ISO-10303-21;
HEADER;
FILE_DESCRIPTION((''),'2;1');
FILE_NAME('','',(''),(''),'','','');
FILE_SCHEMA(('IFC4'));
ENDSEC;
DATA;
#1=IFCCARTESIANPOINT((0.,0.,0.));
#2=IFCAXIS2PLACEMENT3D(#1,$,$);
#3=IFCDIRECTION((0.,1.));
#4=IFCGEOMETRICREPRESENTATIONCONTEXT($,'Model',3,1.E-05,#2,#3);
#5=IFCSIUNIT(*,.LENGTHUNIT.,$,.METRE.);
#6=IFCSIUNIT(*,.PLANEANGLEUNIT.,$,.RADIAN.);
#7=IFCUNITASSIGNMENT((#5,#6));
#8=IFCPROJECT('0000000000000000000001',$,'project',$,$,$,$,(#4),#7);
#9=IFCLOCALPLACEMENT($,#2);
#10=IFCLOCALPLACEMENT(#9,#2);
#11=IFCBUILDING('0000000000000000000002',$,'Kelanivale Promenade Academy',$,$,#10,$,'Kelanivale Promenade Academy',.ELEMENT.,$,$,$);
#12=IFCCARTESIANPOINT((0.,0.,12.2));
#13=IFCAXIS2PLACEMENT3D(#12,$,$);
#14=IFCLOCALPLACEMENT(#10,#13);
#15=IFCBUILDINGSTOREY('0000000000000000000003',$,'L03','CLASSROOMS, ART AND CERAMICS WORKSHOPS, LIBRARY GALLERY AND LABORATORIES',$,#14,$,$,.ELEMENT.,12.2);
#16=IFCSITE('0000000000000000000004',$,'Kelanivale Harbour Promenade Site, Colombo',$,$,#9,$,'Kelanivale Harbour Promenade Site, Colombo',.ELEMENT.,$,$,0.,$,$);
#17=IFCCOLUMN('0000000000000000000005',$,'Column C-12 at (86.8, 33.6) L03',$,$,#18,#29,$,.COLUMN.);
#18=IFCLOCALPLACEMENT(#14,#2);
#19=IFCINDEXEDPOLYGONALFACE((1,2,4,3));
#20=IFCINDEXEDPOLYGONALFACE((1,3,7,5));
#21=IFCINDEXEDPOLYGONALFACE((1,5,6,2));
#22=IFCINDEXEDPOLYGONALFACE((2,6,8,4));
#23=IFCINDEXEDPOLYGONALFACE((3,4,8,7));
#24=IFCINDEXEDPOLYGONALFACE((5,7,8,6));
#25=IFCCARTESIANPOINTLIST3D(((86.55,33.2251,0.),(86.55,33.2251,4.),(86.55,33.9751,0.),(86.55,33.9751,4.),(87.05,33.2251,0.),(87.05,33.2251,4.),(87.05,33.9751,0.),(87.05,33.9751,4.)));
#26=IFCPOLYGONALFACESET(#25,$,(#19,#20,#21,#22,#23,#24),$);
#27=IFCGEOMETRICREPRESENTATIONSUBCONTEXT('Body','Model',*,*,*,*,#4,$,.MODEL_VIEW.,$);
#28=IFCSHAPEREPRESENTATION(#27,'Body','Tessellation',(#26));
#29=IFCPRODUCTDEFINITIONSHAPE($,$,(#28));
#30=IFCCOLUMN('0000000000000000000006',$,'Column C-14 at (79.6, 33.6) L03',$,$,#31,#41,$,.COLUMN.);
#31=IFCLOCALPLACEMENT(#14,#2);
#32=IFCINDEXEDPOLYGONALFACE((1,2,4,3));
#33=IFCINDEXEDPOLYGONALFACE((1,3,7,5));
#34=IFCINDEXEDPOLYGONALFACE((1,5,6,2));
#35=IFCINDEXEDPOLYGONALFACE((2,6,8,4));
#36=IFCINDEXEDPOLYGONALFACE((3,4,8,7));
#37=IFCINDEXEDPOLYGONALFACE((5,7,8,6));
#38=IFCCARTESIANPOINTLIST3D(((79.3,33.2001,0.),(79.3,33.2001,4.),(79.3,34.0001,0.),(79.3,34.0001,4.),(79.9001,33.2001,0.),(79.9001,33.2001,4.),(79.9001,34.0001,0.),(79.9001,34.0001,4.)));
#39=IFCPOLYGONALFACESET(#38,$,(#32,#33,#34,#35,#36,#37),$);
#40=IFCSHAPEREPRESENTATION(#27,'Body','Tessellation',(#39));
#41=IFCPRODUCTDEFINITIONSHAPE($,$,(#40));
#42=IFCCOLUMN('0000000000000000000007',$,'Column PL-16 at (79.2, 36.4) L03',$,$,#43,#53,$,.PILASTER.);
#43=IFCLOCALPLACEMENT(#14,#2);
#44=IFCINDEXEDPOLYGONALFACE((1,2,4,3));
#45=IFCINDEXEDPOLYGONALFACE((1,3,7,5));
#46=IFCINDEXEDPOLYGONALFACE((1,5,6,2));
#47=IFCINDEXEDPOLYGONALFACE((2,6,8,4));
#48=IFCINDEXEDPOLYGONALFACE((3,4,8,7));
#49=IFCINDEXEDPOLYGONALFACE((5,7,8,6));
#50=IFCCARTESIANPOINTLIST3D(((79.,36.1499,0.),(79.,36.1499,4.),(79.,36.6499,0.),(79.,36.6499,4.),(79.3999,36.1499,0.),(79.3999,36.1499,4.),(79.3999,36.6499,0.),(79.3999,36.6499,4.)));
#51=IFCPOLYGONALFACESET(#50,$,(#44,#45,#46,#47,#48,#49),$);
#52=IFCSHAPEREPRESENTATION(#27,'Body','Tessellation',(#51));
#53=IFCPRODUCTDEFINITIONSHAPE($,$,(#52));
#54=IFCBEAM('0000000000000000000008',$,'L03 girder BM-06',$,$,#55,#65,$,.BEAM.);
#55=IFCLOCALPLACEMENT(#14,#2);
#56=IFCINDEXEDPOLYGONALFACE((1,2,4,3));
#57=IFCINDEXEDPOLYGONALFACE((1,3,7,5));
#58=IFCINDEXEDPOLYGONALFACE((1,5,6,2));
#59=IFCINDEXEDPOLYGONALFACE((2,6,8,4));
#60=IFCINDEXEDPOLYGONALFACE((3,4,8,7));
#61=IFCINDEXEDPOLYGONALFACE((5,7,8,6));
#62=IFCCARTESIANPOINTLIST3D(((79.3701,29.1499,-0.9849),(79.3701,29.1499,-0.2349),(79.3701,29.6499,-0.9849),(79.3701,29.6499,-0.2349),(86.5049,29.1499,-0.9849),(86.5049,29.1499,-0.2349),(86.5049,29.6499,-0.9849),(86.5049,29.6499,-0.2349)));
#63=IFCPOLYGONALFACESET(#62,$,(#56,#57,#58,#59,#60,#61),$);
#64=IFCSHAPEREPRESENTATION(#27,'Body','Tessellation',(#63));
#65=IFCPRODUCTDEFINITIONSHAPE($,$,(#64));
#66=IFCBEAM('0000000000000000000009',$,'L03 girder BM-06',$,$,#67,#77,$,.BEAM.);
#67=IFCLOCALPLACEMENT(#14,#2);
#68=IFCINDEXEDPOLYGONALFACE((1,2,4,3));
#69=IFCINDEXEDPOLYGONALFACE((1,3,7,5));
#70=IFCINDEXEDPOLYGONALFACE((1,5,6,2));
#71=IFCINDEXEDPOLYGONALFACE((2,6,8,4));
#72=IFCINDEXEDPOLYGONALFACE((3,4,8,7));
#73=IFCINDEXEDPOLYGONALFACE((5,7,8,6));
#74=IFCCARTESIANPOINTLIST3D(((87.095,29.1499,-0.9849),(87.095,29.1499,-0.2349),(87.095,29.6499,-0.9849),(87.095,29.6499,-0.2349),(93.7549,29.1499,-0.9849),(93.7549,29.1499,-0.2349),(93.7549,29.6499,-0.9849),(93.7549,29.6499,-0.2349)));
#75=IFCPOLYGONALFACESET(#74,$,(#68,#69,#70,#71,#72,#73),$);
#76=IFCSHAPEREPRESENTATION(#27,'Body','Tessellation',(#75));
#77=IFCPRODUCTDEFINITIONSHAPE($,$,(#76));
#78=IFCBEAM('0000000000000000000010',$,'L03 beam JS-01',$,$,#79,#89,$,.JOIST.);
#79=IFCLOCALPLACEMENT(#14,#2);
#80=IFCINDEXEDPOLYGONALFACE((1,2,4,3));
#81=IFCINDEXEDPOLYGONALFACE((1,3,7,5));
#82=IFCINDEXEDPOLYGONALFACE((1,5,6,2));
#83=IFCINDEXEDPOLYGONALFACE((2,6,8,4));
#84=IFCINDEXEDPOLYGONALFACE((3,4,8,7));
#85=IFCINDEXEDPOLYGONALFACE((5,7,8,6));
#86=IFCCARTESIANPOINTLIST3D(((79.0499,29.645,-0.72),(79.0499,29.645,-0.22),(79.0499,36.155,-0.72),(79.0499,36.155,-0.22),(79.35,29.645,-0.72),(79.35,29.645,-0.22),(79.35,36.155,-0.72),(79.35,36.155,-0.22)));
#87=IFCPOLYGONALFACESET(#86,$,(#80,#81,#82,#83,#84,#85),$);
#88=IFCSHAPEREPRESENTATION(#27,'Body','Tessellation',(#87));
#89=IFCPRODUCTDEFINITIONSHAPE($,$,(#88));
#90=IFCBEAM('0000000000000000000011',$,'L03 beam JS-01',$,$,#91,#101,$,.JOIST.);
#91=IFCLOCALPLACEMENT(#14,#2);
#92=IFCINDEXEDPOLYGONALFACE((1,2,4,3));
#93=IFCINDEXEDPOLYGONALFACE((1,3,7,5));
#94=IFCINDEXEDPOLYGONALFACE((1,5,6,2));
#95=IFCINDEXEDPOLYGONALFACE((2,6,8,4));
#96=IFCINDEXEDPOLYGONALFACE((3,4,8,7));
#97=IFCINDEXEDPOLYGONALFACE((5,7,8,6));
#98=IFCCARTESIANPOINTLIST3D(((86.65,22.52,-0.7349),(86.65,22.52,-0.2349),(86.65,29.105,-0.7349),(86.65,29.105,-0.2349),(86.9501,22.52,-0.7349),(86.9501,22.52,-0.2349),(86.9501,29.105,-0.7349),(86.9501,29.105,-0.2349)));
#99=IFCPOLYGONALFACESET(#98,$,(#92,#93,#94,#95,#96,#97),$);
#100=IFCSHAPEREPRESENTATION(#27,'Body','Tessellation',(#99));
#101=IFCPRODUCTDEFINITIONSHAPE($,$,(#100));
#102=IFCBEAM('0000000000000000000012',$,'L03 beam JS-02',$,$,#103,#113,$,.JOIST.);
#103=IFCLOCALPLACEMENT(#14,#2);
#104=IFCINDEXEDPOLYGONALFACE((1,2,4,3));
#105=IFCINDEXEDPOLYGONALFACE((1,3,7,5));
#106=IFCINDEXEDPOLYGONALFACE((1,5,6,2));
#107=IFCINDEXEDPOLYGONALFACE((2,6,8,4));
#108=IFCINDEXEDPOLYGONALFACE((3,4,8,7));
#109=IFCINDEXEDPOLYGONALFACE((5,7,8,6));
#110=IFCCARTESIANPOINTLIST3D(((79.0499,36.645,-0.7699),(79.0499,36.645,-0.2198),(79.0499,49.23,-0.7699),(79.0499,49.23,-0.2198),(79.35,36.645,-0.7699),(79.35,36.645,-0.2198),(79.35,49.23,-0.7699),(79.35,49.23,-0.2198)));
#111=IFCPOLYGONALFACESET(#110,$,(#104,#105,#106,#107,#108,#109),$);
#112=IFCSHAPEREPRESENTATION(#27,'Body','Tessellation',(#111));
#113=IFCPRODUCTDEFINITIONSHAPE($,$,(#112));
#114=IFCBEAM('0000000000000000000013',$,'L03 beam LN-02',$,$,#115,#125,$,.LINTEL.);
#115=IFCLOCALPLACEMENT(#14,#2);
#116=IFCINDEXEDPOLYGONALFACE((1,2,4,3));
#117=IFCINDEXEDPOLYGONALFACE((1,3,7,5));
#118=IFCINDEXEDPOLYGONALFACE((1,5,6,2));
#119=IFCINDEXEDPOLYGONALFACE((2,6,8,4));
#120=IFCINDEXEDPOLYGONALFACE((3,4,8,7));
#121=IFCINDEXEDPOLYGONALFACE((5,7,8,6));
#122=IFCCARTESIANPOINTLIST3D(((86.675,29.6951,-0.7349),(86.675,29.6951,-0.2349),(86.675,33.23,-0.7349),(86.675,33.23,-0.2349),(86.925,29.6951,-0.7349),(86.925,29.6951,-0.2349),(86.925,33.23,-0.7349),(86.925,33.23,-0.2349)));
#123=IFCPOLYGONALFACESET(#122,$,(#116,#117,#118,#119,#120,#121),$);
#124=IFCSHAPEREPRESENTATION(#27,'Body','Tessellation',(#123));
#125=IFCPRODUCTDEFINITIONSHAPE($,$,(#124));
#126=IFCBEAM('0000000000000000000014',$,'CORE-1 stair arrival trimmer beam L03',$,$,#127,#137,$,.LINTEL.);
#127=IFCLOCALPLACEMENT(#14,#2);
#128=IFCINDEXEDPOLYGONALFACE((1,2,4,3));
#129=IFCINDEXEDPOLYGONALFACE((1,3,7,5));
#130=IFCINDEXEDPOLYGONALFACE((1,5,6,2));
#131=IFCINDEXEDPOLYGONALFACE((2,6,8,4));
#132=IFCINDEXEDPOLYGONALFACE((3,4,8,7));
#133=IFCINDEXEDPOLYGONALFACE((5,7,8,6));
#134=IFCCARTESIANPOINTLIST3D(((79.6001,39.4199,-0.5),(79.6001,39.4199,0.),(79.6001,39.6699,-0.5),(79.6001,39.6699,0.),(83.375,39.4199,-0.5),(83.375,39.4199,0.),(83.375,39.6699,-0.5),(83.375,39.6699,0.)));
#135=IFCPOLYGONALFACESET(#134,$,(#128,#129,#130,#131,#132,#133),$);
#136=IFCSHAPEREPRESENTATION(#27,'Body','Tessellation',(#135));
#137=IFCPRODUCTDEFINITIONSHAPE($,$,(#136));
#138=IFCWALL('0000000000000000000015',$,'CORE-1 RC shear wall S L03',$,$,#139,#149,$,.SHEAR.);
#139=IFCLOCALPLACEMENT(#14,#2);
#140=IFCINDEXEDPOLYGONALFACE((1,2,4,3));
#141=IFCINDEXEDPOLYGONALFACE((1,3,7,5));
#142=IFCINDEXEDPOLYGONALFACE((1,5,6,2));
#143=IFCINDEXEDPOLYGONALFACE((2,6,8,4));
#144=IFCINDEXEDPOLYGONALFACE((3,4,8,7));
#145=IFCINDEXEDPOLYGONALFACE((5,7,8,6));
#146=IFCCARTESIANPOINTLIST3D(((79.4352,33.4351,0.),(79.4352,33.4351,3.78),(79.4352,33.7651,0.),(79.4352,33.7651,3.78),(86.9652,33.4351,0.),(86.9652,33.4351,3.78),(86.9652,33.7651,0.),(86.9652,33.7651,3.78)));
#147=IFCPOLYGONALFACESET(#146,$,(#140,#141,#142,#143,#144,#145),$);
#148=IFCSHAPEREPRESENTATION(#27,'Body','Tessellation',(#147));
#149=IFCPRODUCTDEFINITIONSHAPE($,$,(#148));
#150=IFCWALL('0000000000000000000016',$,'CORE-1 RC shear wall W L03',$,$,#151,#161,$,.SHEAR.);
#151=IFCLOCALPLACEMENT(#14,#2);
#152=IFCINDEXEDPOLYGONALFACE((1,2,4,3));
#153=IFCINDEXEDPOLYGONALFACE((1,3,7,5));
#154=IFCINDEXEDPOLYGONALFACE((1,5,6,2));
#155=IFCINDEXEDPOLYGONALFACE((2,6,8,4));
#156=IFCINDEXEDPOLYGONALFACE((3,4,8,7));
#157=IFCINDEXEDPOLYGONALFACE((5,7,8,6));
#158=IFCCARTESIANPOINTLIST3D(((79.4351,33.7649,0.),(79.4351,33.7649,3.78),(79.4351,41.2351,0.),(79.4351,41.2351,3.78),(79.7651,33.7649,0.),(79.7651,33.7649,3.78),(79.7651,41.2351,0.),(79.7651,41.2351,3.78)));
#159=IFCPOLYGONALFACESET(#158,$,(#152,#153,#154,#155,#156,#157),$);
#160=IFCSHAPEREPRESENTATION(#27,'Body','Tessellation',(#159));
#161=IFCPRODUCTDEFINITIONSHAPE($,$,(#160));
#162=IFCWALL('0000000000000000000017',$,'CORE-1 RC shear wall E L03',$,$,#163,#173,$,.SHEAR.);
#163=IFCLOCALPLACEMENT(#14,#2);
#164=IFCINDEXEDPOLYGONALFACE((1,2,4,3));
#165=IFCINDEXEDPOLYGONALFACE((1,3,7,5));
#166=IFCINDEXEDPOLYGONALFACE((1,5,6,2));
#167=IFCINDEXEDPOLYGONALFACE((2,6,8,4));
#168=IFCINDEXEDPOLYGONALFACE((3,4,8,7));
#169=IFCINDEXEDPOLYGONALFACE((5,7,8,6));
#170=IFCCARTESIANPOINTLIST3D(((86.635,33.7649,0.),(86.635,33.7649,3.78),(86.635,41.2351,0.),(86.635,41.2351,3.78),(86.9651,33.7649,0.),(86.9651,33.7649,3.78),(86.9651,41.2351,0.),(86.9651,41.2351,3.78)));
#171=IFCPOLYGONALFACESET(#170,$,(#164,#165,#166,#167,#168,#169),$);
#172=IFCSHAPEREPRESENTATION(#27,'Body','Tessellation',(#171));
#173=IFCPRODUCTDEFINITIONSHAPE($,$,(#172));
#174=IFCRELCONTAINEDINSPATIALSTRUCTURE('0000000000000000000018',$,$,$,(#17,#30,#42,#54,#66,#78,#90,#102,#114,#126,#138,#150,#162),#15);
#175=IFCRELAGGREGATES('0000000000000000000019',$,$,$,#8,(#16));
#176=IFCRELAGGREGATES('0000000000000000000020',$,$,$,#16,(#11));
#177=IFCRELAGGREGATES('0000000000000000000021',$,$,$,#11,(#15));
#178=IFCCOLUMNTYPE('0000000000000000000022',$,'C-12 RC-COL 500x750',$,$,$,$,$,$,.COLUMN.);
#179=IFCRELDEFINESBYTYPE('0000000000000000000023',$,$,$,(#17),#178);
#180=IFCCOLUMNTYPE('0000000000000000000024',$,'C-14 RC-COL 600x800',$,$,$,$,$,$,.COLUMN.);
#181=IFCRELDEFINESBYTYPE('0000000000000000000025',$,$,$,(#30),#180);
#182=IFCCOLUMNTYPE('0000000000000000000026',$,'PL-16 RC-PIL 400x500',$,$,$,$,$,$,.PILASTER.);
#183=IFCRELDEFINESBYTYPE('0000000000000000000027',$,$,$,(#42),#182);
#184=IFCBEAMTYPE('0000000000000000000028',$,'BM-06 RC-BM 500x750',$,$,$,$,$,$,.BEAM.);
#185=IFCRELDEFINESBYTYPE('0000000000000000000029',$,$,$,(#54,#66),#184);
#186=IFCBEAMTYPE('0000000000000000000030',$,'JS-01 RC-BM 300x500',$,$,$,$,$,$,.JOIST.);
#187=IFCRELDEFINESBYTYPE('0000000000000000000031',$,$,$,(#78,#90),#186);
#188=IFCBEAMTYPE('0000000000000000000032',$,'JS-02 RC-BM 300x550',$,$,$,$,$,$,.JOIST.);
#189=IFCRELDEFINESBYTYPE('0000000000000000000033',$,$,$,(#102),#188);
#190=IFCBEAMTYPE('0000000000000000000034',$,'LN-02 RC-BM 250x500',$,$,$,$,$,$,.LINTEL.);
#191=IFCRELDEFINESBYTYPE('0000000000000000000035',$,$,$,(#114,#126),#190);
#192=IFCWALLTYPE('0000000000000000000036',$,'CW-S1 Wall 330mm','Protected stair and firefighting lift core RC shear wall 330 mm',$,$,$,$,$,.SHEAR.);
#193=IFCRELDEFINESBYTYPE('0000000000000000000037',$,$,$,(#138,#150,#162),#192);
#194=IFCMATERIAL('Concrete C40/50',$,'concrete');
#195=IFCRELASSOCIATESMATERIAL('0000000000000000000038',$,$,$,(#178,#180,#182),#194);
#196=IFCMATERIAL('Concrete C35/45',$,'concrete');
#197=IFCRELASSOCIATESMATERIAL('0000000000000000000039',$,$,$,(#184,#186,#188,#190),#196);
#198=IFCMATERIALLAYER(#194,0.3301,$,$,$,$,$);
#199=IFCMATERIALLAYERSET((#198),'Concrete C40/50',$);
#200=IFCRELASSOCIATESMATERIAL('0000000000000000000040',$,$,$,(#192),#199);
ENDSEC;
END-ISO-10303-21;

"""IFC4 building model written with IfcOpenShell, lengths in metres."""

from ifc_helpers import new_model, si_unit, direction, frame, frame_2d, origin, origin_2d, place, context, subcontext, project, spatial, rectangle, extrude, material, layer, layer_set, material_profile, profile_set, type_object, element, save


model = new_model("IFC4")

# Units and contexts
model_context = context("Model", 3, precision=1e-05, world=origin(), true_north=direction((0.0, 1.0)))
body_context = subcontext(model_context, "Body", "Model", "MODEL_VIEW")
ifc_project = project(units=[si_unit("LENGTHUNIT", "METRE"), si_unit("PLANEANGLEUNIT", "RADIAN")], contexts=[model_context])

# Site, building, storey
site_placement = place(None, origin())
site = spatial("IfcSite", under=ifc_project, at=site_placement, Name="Kelanivale Harbour Promenade Site, Colombo", LongName="Kelanivale Harbour Promenade Site, Colombo", CompositionType="ELEMENT", RefElevation=0.0)
building_placement = place(site_placement, origin())
building = spatial("IfcBuilding", under=site, at=building_placement, Name="Kelanivale Promenade Academy", LongName="Kelanivale Promenade Academy", CompositionType="ELEMENT")
storey_placement = place(building_placement, frame((0.0, 0.0, 12.2)))
storey = spatial("IfcBuildingStorey", under=building, at=storey_placement, Name="L03", Description="CLASSROOMS, ART AND CERAMICS WORKSHOPS, LIBRARY GALLERY AND LABORATORIES", CompositionType="ELEMENT", Elevation=12.2)

# Columns
ifc_material_1 = material(Name="Concrete C40/50", Category="concrete")
ifc_material_profile_1 = material_profile(ifc_material_1, rectangle(XDim=0.5, YDim=0.75, at=origin_2d()), Name="RC-COL 500x750")
ifc_profile_set_1 = profile_set([ifc_material_profile_1], Name="Concrete C40/50")
column_type_1 = type_object("IfcColumnType", Name="C-12 RC-COL 500x750", PredefinedType="COLUMN", material=ifc_profile_set_1)
column_1_placement = place(storey_placement, frame((86.8, 33.6001, 0.0), z_axis=(0.0, 0.0, 1.0), x_axis=(1.0, 0.0, 0.0)))
element("IfcColumn", 1, at=column_1_placement, inside=storey, type_object=column_type_1, Name="Column C-12 at (86.8, 33.6) L03", PredefinedType="COLUMN", context=body_context, shape_type="SweptSolid", body=[
    extrude(rectangle(XDim=0.5, YDim=0.75, at=origin_2d()), origin(), (0.0, 0.0, 1.0), 4.0),
])
ifc_material_profile_2 = material_profile(ifc_material_1, rectangle(XDim=0.6001, YDim=0.8, at=origin_2d()), Name="RC-COL 600x800")
ifc_profile_set_2 = profile_set([ifc_material_profile_2], Name="Concrete C40/50")
column_type_2 = type_object("IfcColumnType", Name="C-14 RC-COL 600x800", PredefinedType="COLUMN", material=ifc_profile_set_2)
column_2_placement = place(storey_placement, frame((79.6001, 33.6001, 0.0), z_axis=(0.0, 0.0, 1.0), x_axis=(1.0, 0.0, 0.0)))
element("IfcColumn", 2, at=column_2_placement, inside=storey, type_object=column_type_2, Name="Column C-14 at (79.6, 33.6) L03", PredefinedType="COLUMN", context=body_context, shape_type="SweptSolid", body=[
    extrude(rectangle(XDim=0.6001, YDim=0.8, at=origin_2d()), origin(), (0.0, 0.0, 1.0), 4.0),
])
ifc_material_profile_3 = material_profile(ifc_material_1, rectangle(XDim=0.3999, YDim=0.5, at=origin_2d()), Name="RC-PIL 400x500")
ifc_profile_set_3 = profile_set([ifc_material_profile_3], Name="Concrete C40/50")
column_type_3 = type_object("IfcColumnType", Name="PL-16 RC-PIL 400x500", PredefinedType="PILASTER", material=ifc_profile_set_3)
column_3_placement = place(storey_placement, frame((79.2, 36.3999, 0.0), z_axis=(0.0, 0.0, 1.0), x_axis=(1.0, 0.0, 0.0)))
element("IfcColumn", 3, at=column_3_placement, inside=storey, type_object=column_type_3, Name="Column PL-16 at (79.2, 36.4) L03", PredefinedType="PILASTER", context=body_context, shape_type="SweptSolid", body=[
    extrude(rectangle(XDim=0.3999, YDim=0.5, at=origin_2d()), origin(), (0.0, 0.0, 1.0), 4.0),
])

# Beams
ifc_material_2 = material(Name="Concrete C35/45", Category="concrete")
ifc_material_profile_4 = material_profile(ifc_material_2, rectangle(XDim=0.5, YDim=0.75, at=origin_2d()), Name="RC-BM 500x750")
ifc_profile_set_4 = profile_set([ifc_material_profile_4], Name="Concrete C35/45")
beam_type_1 = type_object("IfcBeamType", Name="BM-06 RC-BM 500x750", PredefinedType="BEAM", material=ifc_profile_set_4)
beam_1_placement = place(storey_placement, frame((79.3701, 29.3999, -0.6099), z_axis=(1.0, 0.0, 0.0), x_axis=(0.0, 1.0, 0.0)))
element("IfcBeam", 4, at=beam_1_placement, inside=storey, type_object=beam_type_1, Name="L03 girder BM-06", PredefinedType="BEAM", context=body_context, shape_type="SweptSolid", body=[
    extrude(rectangle(XDim=0.5, YDim=0.75, at=origin_2d()), origin(), (0.0, 0.0, 1.0), 7.1348),
])
beam_2_placement = place(storey_placement, frame((87.095, 29.3999, -0.6099), z_axis=(1.0, 0.0, 0.0), x_axis=(0.0, 1.0, 0.0)))
element("IfcBeam", 5, at=beam_2_placement, inside=storey, type_object=beam_type_1, Name="L03 girder BM-06", PredefinedType="BEAM", context=body_context, shape_type="SweptSolid", body=[
    extrude(rectangle(XDim=0.5, YDim=0.75, at=origin_2d()), origin(), (0.0, 0.0, 1.0), 6.6599),
])
ifc_material_profile_5 = material_profile(ifc_material_2, rectangle(XDim=0.3, YDim=0.5, at=origin_2d()), Name="RC-BM 300x500")
ifc_profile_set_5 = profile_set([ifc_material_profile_5], Name="Concrete C35/45")
beam_type_2 = type_object("IfcBeamType", Name="JS-01 RC-BM 300x500", PredefinedType="JOIST", material=ifc_profile_set_5)
beam_3_placement = place(storey_placement, frame((79.2, 29.645, -0.47), z_axis=(0.0, 1.0, 0.0), x_axis=(-1.0, 0.0, 0.0)))
element("IfcBeam", 6, at=beam_3_placement, inside=storey, type_object=beam_type_2, Name="L03 beam JS-01", PredefinedType="JOIST", context=body_context, shape_type="SweptSolid", body=[
    extrude(rectangle(XDim=0.3, YDim=0.5, at=origin_2d()), origin(), (0.0, 0.0, 1.0), 6.51),
])
beam_4_placement = place(storey_placement, frame((86.8, 22.52, -0.4849), z_axis=(0.0, 1.0, 0.0), x_axis=(-1.0, 0.0, 0.0)))
element("IfcBeam", 7, at=beam_4_placement, inside=storey, type_object=beam_type_2, Name="L03 beam JS-01", PredefinedType="JOIST", context=body_context, shape_type="SweptSolid", body=[
    extrude(rectangle(XDim=0.3, YDim=0.5, at=origin_2d()), origin(), (0.0, 0.0, 1.0), 6.585),
])
ifc_material_profile_6 = material_profile(ifc_material_2, rectangle(XDim=0.3, YDim=0.55, at=origin_2d()), Name="RC-BM 300x550")
ifc_profile_set_6 = profile_set([ifc_material_profile_6], Name="Concrete C35/45")
beam_type_3 = type_object("IfcBeamType", Name="JS-02 RC-BM 300x550", PredefinedType="JOIST", material=ifc_profile_set_6)
beam_5_placement = place(storey_placement, frame((79.2, 36.645, -0.4949), z_axis=(0.0, 1.0, 0.0), x_axis=(-1.0, 0.0, 0.0)))
element("IfcBeam", 8, at=beam_5_placement, inside=storey, type_object=beam_type_3, Name="L03 beam JS-02", PredefinedType="JOIST", context=body_context, shape_type="SweptSolid", body=[
    extrude(rectangle(XDim=0.3, YDim=0.55, at=origin_2d()), origin(), (0.0, 0.0, 1.0), 12.585),
])
ifc_material_profile_7 = material_profile(ifc_material_2, rectangle(XDim=0.25, YDim=0.5, at=origin_2d()), Name="RC-BM 250x500")
ifc_profile_set_7 = profile_set([ifc_material_profile_7], Name="Concrete C35/45")
beam_type_4 = type_object("IfcBeamType", Name="LN-02 RC-BM 250x500", PredefinedType="LINTEL", material=ifc_profile_set_7)
beam_6_placement = place(storey_placement, frame((86.8, 29.6951, -0.4849), z_axis=(0.0, 1.0, 0.0), x_axis=(-1.0, 0.0, 0.0)))
element("IfcBeam", 9, at=beam_6_placement, inside=storey, type_object=beam_type_4, Name="L03 beam LN-02", PredefinedType="LINTEL", context=body_context, shape_type="SweptSolid", body=[
    extrude(rectangle(XDim=0.25, YDim=0.5, at=origin_2d()), origin(), (0.0, 0.0, 1.0), 3.5349),
])
beam_7_placement = place(storey_placement, frame((79.6001, 39.5449, -0.25), z_axis=(1.0, 0.0, 0.0), x_axis=(0.0, 1.0, 0.0)))
element("IfcBeam", 10, at=beam_7_placement, inside=storey, type_object=beam_type_4, Name="CORE-1 stair arrival trimmer beam L03", PredefinedType="LINTEL", context=body_context, shape_type="SweptSolid", body=[
    extrude(rectangle(XDim=0.25, YDim=0.5, at=origin_2d()), origin(), (0.0, 0.0, 1.0), 3.7749),
])

# Walls
ifc_layer_1 = layer(ifc_material_1, 0.3301)
ifc_layer_set_1 = layer_set([ifc_layer_1], Name="Concrete C40/50")
wall_type_1 = type_object("IfcWallType", Name="CW-S1 Wall 330mm", Description="Protected stair and firefighting lift core RC shear wall 330 mm", PredefinedType="SHEAR", material=ifc_layer_set_1)
wall_1_placement = place(storey_placement, frame((79.4351, 33.6001, 0.0), z_axis=(0.0, 0.0, 1.0), x_axis=(1.0, 0.0, 0.0)))
element("IfcWall", 11, at=wall_1_placement, inside=storey, type_object=wall_type_1, Name="CORE-1 RC shear wall S L03", PredefinedType="SHEAR", context=body_context, shape_type="SweptSolid", body=[
    extrude(rectangle(XDim=7.53, YDim=0.3301, at=frame_2d((3.7651, 0.0))), origin(), (0.0, 0.0, 1.0), 3.78),
])
for number, where, z_axis, x_axis, name in (
    (12, (79.6001, 33.7649, 0.0), (0.0, 0.0, 1.0), (0.0, 1.0, 0.0), "CORE-1 RC shear wall W L03"),
    (13, (86.8, 33.7649, 0.0), (0.0, 0.0, 1.0), (0.0, 1.0, 0.0), "CORE-1 RC shear wall E L03"),
):
    element("IfcWall", number, at=place(storey_placement, frame(where, z_axis=z_axis, x_axis=x_axis)), inside=storey, type_object=wall_type_1, Name=name, PredefinedType="SHEAR", context=body_context, shape_type="SweptSolid", body=[
        extrude(rectangle(XDim=7.4702, YDim=0.3301, at=frame_2d((3.7351, 0.0))), origin(), (0.0, 0.0, 1.0), 3.78),
    ])

save(model, "model.ifc")
